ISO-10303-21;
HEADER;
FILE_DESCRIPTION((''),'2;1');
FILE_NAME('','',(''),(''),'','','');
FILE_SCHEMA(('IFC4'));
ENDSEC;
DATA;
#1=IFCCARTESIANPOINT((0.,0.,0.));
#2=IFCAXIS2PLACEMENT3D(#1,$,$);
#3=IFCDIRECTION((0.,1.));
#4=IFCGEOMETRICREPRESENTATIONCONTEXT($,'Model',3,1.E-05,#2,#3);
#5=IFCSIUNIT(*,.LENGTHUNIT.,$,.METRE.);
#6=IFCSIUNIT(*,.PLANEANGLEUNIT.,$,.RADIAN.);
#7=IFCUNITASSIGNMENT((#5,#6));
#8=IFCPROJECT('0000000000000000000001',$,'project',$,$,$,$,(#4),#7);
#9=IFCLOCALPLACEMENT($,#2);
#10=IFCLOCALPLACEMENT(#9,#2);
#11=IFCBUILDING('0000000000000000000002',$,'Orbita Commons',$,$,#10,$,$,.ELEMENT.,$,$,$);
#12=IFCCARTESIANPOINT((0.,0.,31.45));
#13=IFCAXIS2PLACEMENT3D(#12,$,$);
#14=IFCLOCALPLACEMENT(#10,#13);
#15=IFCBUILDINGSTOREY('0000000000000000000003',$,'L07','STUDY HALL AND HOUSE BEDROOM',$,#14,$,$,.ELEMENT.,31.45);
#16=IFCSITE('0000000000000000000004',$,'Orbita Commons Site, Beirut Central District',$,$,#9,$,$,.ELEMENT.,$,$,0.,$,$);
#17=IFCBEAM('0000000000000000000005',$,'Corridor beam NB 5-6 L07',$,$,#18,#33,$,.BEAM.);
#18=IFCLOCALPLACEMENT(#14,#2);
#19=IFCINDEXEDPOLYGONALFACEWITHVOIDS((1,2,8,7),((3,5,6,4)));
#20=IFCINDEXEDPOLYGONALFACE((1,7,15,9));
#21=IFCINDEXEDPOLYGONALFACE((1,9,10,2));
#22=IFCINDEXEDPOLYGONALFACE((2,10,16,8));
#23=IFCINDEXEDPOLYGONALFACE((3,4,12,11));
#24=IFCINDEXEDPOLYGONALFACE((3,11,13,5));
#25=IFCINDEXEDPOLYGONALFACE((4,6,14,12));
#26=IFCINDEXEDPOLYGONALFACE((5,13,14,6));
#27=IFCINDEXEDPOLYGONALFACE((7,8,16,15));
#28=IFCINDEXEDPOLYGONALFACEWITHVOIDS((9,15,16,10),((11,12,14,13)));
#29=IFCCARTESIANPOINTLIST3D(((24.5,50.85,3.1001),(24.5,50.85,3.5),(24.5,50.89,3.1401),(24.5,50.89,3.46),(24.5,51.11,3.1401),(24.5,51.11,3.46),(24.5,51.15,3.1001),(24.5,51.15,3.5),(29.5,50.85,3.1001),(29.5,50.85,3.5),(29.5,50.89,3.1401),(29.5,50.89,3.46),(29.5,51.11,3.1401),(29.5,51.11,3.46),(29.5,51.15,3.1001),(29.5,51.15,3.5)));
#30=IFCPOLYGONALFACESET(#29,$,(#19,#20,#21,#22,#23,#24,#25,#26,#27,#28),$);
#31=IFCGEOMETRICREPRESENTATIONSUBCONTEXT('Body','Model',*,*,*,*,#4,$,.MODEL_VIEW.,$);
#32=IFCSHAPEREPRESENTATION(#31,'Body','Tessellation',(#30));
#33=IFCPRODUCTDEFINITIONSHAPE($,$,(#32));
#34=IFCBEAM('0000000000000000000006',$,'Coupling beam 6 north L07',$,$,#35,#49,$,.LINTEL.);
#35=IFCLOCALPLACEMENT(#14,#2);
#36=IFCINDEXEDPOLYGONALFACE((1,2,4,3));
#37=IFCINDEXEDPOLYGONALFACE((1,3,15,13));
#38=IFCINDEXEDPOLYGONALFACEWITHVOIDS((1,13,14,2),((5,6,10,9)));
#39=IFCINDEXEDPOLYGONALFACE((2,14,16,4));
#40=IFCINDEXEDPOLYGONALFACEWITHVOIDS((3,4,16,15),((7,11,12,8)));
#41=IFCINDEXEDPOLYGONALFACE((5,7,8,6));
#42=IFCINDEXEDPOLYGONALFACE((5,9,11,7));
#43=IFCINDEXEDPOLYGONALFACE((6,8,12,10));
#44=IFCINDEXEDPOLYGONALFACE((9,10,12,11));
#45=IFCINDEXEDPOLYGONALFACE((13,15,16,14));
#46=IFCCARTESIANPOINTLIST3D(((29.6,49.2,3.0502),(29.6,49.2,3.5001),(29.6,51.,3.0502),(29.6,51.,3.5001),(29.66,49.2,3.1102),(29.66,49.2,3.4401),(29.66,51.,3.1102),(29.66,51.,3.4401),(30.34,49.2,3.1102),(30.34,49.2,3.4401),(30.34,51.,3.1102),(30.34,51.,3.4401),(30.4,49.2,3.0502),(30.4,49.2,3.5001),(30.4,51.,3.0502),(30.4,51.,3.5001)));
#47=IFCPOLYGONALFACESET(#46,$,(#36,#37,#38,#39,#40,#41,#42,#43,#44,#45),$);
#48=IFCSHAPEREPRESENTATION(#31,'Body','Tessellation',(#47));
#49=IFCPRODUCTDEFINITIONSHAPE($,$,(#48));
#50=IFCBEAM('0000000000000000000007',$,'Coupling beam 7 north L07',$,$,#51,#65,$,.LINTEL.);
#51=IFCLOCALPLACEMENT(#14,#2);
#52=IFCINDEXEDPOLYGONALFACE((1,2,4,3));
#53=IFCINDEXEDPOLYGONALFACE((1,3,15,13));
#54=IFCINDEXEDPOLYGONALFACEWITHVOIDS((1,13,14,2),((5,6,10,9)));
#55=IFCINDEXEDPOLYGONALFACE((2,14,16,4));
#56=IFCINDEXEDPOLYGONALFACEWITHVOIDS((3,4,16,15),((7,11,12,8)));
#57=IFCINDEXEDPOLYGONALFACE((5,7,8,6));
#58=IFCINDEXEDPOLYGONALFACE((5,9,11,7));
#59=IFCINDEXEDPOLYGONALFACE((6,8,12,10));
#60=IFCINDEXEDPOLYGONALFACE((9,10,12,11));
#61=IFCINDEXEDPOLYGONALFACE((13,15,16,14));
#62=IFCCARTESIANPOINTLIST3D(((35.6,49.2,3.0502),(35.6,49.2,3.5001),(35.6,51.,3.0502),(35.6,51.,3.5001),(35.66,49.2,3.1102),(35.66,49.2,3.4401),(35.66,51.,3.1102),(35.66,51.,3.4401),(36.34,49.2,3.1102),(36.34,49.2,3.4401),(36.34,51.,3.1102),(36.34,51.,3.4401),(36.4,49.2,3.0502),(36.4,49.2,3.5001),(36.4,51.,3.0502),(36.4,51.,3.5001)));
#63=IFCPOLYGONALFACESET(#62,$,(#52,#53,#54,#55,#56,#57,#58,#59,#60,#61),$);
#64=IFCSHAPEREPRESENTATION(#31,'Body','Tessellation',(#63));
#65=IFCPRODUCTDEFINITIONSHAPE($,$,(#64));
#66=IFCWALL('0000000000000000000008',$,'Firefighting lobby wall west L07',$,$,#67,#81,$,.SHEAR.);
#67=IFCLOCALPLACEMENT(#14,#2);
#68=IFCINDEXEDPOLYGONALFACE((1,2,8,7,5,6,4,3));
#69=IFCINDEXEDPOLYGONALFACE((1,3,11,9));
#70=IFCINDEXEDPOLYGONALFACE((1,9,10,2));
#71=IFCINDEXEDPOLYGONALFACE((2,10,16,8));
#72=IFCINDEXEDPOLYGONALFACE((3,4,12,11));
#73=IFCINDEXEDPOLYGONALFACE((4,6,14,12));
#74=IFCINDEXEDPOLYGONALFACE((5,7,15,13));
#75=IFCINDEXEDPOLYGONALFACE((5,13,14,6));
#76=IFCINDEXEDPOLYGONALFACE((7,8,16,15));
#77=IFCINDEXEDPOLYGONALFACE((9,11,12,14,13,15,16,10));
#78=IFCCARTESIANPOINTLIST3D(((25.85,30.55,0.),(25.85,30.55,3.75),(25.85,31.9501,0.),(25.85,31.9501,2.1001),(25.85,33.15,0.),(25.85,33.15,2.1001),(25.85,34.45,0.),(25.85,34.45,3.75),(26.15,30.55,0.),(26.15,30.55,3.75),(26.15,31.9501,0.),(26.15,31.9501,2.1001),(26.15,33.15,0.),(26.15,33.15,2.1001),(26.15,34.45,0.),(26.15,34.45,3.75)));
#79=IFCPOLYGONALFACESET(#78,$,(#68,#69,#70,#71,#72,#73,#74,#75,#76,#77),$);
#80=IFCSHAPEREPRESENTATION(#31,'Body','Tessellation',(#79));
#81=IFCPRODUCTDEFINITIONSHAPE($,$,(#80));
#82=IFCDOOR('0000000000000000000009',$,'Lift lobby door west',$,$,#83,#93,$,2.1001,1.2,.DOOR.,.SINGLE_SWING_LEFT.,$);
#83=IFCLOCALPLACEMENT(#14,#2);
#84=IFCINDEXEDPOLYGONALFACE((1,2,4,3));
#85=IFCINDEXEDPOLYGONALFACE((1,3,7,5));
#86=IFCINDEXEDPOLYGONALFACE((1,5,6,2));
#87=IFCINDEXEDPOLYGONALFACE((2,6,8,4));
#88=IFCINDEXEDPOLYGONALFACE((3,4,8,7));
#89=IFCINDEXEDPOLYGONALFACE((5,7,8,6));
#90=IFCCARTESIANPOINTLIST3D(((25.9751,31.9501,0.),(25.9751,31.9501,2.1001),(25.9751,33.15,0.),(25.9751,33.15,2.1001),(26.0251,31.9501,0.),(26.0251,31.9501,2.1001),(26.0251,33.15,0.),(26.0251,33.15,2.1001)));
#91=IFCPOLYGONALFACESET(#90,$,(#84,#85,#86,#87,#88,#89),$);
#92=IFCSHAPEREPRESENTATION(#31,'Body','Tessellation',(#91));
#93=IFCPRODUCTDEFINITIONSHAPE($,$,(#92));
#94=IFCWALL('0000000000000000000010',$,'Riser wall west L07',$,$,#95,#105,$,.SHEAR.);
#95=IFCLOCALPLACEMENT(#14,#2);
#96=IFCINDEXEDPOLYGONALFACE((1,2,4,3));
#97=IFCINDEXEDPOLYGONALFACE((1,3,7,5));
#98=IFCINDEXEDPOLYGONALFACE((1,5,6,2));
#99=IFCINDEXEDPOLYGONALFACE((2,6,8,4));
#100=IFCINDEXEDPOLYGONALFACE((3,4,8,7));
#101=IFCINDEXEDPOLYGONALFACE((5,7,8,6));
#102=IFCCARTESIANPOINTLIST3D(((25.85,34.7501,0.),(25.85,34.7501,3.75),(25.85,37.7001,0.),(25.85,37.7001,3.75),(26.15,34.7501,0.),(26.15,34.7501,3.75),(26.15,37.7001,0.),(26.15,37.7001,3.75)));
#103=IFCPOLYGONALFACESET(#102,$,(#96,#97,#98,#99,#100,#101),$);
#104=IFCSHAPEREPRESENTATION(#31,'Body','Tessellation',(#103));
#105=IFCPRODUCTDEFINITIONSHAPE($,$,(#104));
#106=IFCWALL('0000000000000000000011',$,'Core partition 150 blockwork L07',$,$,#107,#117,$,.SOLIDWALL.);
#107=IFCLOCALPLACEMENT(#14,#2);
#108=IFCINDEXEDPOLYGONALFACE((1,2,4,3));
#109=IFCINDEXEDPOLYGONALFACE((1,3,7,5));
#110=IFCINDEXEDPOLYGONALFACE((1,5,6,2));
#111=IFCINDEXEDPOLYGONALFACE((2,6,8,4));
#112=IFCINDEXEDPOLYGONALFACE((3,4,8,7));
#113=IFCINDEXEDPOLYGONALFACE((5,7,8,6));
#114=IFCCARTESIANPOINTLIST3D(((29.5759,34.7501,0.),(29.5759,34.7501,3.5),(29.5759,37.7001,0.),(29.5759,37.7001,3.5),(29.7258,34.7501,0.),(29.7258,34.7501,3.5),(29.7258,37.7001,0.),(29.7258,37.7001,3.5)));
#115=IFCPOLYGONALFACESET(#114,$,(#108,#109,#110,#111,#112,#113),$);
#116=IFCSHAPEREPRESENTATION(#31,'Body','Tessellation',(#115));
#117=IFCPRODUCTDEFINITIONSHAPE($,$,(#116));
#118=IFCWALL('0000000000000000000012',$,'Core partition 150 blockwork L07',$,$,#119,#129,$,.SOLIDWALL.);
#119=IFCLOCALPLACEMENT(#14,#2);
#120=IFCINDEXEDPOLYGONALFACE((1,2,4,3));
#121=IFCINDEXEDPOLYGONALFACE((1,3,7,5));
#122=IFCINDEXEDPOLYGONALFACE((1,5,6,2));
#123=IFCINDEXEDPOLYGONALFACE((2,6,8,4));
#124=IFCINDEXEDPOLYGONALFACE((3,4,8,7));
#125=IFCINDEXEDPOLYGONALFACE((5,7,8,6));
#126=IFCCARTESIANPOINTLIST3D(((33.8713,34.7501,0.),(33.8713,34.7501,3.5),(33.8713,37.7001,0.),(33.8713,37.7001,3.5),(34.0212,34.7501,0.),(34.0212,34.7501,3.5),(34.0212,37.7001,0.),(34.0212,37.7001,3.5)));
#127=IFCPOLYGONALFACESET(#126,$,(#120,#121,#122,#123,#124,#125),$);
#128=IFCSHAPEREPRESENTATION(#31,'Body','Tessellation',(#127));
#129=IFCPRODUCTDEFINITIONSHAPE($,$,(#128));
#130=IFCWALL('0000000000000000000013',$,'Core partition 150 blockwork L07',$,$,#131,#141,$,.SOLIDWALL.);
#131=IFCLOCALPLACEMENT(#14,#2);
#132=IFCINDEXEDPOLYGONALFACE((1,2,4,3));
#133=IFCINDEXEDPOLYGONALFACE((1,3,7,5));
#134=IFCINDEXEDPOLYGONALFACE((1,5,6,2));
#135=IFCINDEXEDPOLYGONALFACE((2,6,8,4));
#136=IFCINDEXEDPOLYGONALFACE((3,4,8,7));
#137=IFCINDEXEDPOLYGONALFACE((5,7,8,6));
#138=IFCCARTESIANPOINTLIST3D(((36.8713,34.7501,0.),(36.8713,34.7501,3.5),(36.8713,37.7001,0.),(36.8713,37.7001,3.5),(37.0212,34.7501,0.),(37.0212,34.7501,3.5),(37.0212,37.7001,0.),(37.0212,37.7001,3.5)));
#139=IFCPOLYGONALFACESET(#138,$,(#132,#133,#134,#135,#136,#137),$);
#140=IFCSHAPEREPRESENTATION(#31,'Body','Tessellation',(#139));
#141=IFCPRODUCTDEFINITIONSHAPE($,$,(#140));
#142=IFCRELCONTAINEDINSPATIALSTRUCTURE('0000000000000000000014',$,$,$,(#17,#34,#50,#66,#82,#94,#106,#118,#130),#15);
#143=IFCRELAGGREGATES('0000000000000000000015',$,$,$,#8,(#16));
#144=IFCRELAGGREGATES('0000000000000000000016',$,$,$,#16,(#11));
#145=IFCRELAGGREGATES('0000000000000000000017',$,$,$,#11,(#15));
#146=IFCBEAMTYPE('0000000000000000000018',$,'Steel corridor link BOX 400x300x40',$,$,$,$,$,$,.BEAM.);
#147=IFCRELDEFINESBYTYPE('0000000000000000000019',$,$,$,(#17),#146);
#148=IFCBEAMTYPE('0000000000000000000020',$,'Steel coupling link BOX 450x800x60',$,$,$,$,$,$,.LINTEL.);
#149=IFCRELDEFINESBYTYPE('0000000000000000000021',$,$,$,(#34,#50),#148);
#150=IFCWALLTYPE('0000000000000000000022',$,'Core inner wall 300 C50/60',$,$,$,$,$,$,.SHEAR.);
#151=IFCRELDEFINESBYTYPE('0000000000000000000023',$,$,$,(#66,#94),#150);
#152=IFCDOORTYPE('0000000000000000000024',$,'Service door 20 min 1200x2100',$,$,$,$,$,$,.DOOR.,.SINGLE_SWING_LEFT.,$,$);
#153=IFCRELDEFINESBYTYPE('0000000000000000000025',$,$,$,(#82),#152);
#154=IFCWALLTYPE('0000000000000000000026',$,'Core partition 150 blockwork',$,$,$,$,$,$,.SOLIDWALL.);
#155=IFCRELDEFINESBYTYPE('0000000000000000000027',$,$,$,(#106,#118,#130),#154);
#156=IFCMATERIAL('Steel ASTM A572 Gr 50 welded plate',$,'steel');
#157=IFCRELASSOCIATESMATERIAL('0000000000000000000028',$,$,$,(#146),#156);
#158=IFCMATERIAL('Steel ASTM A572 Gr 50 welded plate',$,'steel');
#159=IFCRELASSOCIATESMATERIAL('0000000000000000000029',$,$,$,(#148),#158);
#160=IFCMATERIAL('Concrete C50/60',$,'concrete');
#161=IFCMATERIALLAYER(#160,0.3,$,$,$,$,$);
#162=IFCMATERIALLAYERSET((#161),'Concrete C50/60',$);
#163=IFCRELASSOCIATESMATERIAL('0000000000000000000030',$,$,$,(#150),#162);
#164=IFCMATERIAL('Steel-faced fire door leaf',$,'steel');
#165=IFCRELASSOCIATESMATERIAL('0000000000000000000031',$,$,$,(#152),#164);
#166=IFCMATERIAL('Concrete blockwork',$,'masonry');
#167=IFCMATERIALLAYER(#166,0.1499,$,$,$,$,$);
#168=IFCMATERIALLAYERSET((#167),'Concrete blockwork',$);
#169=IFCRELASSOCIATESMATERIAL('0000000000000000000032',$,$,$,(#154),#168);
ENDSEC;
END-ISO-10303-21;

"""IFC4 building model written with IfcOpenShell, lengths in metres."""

from ifc_helpers import new_model, si_unit, direction, frame, frame_2d, origin, origin_2d, place, context, subcontext, project, spatial, rectangle, hollow_rectangle, extrude, material, layer, layer_set, material_profile, profile_set, type_object, element, fill, save


model = new_model("IFC4")

# Units and contexts
model_context = context("Model", 3, precision=1e-05, world=origin(), true_north=direction((0.0, 1.0)))
body_context = subcontext(model_context, "Body", "Model", "MODEL_VIEW")
ifc_project = project(units=[si_unit("LENGTHUNIT", "METRE"), si_unit("PLANEANGLEUNIT", "RADIAN")], contexts=[model_context])

# Site, building, storey
site_placement = place(None, origin())
site = spatial("IfcSite", under=ifc_project, at=site_placement, Name="Orbita Commons Site, Beirut Central District", CompositionType="ELEMENT", RefElevation=0.0)
building_placement = place(site_placement, origin())
building = spatial("IfcBuilding", under=site, at=building_placement, Name="Orbita Commons", CompositionType="ELEMENT")
storey_placement = place(building_placement, frame((0.0, 0.0, 31.45)))
storey = spatial("IfcBuildingStorey", under=building, at=storey_placement, Name="L07", Description="STUDY HALL AND HOUSE BEDROOM", CompositionType="ELEMENT", Elevation=31.45)

# Beams
ifc_material_1 = material(Name="Steel ASTM A572 Gr 50 welded plate", Category="steel")
ifc_material_profile_1 = material_profile(ifc_material_1, hollow_rectangle(XDim=0.3, YDim=0.3999, WallThickness=0.04, at=origin_2d()), Name="BOX 400x300x40")
ifc_profile_set_1 = profile_set([ifc_material_profile_1], Name="Steel ASTM A572 Gr 50 welded plate")
beam_type_1 = type_object("IfcBeamType", Name="Steel corridor link BOX 400x300x40", PredefinedType="BEAM", material=ifc_profile_set_1)
beam_placement = place(storey_placement, frame((24.5, 51.0, 3.3), z_axis=(1.0, 0.0, 0.0), x_axis=(0.0, 1.0, 0.0)))
element("IfcBeam", 1, at=beam_placement, inside=storey, type_object=beam_type_1, Name="Corridor beam NB 5-6 L07", PredefinedType="BEAM", context=body_context, shape_type="SweptSolid", body=[
    extrude(hollow_rectangle(XDim=0.3, YDim=0.3999, WallThickness=0.04, at=origin_2d()), origin(), (0.0, 0.0, 1.0), 5.0),
])
ifc_material_2 = material(Name="Steel ASTM A572 Gr 50 welded plate", Category="steel")
ifc_material_profile_2 = material_profile(ifc_material_2, hollow_rectangle(XDim=0.8, YDim=0.45, WallThickness=0.0601, at=origin_2d()), Name="BOX 450x800x60")
ifc_profile_set_2 = profile_set([ifc_material_profile_2], Name="Steel ASTM A572 Gr 50 welded plate")
beam_type_2 = type_object("IfcBeamType", Name="Steel coupling link BOX 450x800x60", PredefinedType="LINTEL", material=ifc_profile_set_2)
for number, where, z_axis, x_axis, name in (
    (2, (30.0, 49.2, 3.2751), (0.0, 1.0, 0.0), (-1.0, 0.0, 0.0), "Coupling beam 6 north L07"),
    (3, (36.0, 49.2, 3.2751), (0.0, 1.0, 0.0), (-1.0, 0.0, 0.0), "Coupling beam 7 north L07"),
):
    element("IfcBeam", number, at=place(storey_placement, frame(where, z_axis=z_axis, x_axis=x_axis)), inside=storey, type_object=beam_type_2, Name=name, PredefinedType="LINTEL", context=body_context, shape_type="SweptSolid", body=[
        extrude(hollow_rectangle(XDim=0.8, YDim=0.45, WallThickness=0.0601, at=origin_2d()), origin(), (0.0, 0.0, 1.0), 1.8),
    ])

# Wall, opening, door
ifc_material_3 = material(Name="Concrete C50/60", Category="concrete")
ifc_layer_1 = layer(ifc_material_3, 0.3)
ifc_layer_set_1 = layer_set([ifc_layer_1], Name="Concrete C50/60")
wall_type_1 = type_object("IfcWallType", Name="Core inner wall 300 C50/60", PredefinedType="SHEAR", material=ifc_layer_set_1)
wall_1_placement = place(storey_placement, frame((26.0, 30.55, 0.0), z_axis=(0.0, 0.0, 1.0), x_axis=(0.0, 1.0, 0.0)))
wall_1 = element("IfcWall", 4, at=wall_1_placement, inside=storey, type_object=wall_type_1, Name="Firefighting lobby wall west L07", PredefinedType="SHEAR", context=body_context, shape_type="SweptSolid", body=[
    extrude(rectangle(XDim=3.8999, YDim=0.3, at=frame_2d((1.95, 0.0))), origin(), (0.0, 0.0, 1.0), 3.75),
])
opening_1_placement = place(wall_1_placement, frame((1.3999, 0.0, 0.0)))
opening_1 = element("IfcOpeningElement", 5, at=opening_1_placement, cuts=wall_1, PredefinedType="OPENING", context=body_context, shape_type="SweptSolid", body=[
    extrude(rectangle(XDim=1.2, YDim=2.1001, at=frame_2d((0.6001, 1.05))), frame((0.0, 0.1599, 0.0), z_axis=(0.0, -1.0, 0.0), x_axis=(1.0, 0.0, 0.0)), (0.0, 0.0, 1.0), 0.3201),
])
ifc_material_4 = material(Name="Steel-faced fire door leaf", Category="steel")
door_type_1 = type_object("IfcDoorType", Name="Service door 20 min 1200x2100", OperationType="SINGLE_SWING_LEFT", PredefinedType="DOOR", material=ifc_material_4)
door_1_placement = place(opening_1_placement, origin())
door_1 = element("IfcDoor", 6, at=door_1_placement, inside=storey, type_object=door_type_1, Name="Lift lobby door west", OperationType="SINGLE_SWING_LEFT", OverallHeight=2.1001, OverallWidth=1.2, PredefinedType="DOOR", context=body_context, shape_type="SweptSolid", body=[
    extrude(rectangle(XDim=1.2, YDim=2.1001, at=frame_2d((0.6001, 1.05))), frame((0.0, 0.0249, 0.0), z_axis=(0.0, -1.0, 0.0), x_axis=(1.0, 0.0, 0.0)), (0.0, 0.0, 1.0), 0.05),
])
fill(opening_1, door_1)

# Walls
wall_2_placement = place(storey_placement, frame((26.0, 34.75, 0.0), z_axis=(0.0, 0.0, 1.0), x_axis=(0.0, 1.0, 0.0)))
element("IfcWall", 7, at=wall_2_placement, inside=storey, type_object=wall_type_1, Name="Riser wall west L07", PredefinedType="SHEAR", context=body_context, shape_type="SweptSolid", body=[
    extrude(rectangle(XDim=2.95, YDim=0.3, at=frame_2d((1.4751, 0.0))), origin(), (0.0, 0.0, 1.0), 3.75),
])
ifc_material_5 = material(Name="Concrete blockwork", Category="masonry")
ifc_layer_2 = layer(ifc_material_5, 0.1499)
ifc_layer_set_2 = layer_set([ifc_layer_2], Name="Concrete blockwork")
wall_type_2 = type_object("IfcWallType", Name="Core partition 150 blockwork", PredefinedType="SOLIDWALL", material=ifc_layer_set_2)
for number, where, z_axis, x_axis, name in (
    (8, (29.6509, 34.75, 0.0), (0.0, 0.0, 1.0), (0.0, 1.0, 0.0), "Core partition 150 blockwork L07"),
    (9, (33.9463, 34.75, 0.0), (0.0, 0.0, 1.0), (0.0, 1.0, 0.0), "Core partition 150 blockwork L07"),
    (10, (36.9463, 34.75, 0.0), (0.0, 0.0, 1.0), (0.0, 1.0, 0.0), "Core partition 150 blockwork L07"),
):
    element("IfcWall", number, at=place(storey_placement, frame(where, z_axis=z_axis, x_axis=x_axis)), inside=storey, type_object=wall_type_2, Name=name, PredefinedType="SOLIDWALL", context=body_context, shape_type="SweptSolid", body=[
        extrude(rectangle(XDim=2.95, YDim=0.1499, at=frame_2d((1.4751, 0.0))), origin(), (0.0, 0.0, 1.0), 3.5),
    ])

save(model, "model.ifc")
